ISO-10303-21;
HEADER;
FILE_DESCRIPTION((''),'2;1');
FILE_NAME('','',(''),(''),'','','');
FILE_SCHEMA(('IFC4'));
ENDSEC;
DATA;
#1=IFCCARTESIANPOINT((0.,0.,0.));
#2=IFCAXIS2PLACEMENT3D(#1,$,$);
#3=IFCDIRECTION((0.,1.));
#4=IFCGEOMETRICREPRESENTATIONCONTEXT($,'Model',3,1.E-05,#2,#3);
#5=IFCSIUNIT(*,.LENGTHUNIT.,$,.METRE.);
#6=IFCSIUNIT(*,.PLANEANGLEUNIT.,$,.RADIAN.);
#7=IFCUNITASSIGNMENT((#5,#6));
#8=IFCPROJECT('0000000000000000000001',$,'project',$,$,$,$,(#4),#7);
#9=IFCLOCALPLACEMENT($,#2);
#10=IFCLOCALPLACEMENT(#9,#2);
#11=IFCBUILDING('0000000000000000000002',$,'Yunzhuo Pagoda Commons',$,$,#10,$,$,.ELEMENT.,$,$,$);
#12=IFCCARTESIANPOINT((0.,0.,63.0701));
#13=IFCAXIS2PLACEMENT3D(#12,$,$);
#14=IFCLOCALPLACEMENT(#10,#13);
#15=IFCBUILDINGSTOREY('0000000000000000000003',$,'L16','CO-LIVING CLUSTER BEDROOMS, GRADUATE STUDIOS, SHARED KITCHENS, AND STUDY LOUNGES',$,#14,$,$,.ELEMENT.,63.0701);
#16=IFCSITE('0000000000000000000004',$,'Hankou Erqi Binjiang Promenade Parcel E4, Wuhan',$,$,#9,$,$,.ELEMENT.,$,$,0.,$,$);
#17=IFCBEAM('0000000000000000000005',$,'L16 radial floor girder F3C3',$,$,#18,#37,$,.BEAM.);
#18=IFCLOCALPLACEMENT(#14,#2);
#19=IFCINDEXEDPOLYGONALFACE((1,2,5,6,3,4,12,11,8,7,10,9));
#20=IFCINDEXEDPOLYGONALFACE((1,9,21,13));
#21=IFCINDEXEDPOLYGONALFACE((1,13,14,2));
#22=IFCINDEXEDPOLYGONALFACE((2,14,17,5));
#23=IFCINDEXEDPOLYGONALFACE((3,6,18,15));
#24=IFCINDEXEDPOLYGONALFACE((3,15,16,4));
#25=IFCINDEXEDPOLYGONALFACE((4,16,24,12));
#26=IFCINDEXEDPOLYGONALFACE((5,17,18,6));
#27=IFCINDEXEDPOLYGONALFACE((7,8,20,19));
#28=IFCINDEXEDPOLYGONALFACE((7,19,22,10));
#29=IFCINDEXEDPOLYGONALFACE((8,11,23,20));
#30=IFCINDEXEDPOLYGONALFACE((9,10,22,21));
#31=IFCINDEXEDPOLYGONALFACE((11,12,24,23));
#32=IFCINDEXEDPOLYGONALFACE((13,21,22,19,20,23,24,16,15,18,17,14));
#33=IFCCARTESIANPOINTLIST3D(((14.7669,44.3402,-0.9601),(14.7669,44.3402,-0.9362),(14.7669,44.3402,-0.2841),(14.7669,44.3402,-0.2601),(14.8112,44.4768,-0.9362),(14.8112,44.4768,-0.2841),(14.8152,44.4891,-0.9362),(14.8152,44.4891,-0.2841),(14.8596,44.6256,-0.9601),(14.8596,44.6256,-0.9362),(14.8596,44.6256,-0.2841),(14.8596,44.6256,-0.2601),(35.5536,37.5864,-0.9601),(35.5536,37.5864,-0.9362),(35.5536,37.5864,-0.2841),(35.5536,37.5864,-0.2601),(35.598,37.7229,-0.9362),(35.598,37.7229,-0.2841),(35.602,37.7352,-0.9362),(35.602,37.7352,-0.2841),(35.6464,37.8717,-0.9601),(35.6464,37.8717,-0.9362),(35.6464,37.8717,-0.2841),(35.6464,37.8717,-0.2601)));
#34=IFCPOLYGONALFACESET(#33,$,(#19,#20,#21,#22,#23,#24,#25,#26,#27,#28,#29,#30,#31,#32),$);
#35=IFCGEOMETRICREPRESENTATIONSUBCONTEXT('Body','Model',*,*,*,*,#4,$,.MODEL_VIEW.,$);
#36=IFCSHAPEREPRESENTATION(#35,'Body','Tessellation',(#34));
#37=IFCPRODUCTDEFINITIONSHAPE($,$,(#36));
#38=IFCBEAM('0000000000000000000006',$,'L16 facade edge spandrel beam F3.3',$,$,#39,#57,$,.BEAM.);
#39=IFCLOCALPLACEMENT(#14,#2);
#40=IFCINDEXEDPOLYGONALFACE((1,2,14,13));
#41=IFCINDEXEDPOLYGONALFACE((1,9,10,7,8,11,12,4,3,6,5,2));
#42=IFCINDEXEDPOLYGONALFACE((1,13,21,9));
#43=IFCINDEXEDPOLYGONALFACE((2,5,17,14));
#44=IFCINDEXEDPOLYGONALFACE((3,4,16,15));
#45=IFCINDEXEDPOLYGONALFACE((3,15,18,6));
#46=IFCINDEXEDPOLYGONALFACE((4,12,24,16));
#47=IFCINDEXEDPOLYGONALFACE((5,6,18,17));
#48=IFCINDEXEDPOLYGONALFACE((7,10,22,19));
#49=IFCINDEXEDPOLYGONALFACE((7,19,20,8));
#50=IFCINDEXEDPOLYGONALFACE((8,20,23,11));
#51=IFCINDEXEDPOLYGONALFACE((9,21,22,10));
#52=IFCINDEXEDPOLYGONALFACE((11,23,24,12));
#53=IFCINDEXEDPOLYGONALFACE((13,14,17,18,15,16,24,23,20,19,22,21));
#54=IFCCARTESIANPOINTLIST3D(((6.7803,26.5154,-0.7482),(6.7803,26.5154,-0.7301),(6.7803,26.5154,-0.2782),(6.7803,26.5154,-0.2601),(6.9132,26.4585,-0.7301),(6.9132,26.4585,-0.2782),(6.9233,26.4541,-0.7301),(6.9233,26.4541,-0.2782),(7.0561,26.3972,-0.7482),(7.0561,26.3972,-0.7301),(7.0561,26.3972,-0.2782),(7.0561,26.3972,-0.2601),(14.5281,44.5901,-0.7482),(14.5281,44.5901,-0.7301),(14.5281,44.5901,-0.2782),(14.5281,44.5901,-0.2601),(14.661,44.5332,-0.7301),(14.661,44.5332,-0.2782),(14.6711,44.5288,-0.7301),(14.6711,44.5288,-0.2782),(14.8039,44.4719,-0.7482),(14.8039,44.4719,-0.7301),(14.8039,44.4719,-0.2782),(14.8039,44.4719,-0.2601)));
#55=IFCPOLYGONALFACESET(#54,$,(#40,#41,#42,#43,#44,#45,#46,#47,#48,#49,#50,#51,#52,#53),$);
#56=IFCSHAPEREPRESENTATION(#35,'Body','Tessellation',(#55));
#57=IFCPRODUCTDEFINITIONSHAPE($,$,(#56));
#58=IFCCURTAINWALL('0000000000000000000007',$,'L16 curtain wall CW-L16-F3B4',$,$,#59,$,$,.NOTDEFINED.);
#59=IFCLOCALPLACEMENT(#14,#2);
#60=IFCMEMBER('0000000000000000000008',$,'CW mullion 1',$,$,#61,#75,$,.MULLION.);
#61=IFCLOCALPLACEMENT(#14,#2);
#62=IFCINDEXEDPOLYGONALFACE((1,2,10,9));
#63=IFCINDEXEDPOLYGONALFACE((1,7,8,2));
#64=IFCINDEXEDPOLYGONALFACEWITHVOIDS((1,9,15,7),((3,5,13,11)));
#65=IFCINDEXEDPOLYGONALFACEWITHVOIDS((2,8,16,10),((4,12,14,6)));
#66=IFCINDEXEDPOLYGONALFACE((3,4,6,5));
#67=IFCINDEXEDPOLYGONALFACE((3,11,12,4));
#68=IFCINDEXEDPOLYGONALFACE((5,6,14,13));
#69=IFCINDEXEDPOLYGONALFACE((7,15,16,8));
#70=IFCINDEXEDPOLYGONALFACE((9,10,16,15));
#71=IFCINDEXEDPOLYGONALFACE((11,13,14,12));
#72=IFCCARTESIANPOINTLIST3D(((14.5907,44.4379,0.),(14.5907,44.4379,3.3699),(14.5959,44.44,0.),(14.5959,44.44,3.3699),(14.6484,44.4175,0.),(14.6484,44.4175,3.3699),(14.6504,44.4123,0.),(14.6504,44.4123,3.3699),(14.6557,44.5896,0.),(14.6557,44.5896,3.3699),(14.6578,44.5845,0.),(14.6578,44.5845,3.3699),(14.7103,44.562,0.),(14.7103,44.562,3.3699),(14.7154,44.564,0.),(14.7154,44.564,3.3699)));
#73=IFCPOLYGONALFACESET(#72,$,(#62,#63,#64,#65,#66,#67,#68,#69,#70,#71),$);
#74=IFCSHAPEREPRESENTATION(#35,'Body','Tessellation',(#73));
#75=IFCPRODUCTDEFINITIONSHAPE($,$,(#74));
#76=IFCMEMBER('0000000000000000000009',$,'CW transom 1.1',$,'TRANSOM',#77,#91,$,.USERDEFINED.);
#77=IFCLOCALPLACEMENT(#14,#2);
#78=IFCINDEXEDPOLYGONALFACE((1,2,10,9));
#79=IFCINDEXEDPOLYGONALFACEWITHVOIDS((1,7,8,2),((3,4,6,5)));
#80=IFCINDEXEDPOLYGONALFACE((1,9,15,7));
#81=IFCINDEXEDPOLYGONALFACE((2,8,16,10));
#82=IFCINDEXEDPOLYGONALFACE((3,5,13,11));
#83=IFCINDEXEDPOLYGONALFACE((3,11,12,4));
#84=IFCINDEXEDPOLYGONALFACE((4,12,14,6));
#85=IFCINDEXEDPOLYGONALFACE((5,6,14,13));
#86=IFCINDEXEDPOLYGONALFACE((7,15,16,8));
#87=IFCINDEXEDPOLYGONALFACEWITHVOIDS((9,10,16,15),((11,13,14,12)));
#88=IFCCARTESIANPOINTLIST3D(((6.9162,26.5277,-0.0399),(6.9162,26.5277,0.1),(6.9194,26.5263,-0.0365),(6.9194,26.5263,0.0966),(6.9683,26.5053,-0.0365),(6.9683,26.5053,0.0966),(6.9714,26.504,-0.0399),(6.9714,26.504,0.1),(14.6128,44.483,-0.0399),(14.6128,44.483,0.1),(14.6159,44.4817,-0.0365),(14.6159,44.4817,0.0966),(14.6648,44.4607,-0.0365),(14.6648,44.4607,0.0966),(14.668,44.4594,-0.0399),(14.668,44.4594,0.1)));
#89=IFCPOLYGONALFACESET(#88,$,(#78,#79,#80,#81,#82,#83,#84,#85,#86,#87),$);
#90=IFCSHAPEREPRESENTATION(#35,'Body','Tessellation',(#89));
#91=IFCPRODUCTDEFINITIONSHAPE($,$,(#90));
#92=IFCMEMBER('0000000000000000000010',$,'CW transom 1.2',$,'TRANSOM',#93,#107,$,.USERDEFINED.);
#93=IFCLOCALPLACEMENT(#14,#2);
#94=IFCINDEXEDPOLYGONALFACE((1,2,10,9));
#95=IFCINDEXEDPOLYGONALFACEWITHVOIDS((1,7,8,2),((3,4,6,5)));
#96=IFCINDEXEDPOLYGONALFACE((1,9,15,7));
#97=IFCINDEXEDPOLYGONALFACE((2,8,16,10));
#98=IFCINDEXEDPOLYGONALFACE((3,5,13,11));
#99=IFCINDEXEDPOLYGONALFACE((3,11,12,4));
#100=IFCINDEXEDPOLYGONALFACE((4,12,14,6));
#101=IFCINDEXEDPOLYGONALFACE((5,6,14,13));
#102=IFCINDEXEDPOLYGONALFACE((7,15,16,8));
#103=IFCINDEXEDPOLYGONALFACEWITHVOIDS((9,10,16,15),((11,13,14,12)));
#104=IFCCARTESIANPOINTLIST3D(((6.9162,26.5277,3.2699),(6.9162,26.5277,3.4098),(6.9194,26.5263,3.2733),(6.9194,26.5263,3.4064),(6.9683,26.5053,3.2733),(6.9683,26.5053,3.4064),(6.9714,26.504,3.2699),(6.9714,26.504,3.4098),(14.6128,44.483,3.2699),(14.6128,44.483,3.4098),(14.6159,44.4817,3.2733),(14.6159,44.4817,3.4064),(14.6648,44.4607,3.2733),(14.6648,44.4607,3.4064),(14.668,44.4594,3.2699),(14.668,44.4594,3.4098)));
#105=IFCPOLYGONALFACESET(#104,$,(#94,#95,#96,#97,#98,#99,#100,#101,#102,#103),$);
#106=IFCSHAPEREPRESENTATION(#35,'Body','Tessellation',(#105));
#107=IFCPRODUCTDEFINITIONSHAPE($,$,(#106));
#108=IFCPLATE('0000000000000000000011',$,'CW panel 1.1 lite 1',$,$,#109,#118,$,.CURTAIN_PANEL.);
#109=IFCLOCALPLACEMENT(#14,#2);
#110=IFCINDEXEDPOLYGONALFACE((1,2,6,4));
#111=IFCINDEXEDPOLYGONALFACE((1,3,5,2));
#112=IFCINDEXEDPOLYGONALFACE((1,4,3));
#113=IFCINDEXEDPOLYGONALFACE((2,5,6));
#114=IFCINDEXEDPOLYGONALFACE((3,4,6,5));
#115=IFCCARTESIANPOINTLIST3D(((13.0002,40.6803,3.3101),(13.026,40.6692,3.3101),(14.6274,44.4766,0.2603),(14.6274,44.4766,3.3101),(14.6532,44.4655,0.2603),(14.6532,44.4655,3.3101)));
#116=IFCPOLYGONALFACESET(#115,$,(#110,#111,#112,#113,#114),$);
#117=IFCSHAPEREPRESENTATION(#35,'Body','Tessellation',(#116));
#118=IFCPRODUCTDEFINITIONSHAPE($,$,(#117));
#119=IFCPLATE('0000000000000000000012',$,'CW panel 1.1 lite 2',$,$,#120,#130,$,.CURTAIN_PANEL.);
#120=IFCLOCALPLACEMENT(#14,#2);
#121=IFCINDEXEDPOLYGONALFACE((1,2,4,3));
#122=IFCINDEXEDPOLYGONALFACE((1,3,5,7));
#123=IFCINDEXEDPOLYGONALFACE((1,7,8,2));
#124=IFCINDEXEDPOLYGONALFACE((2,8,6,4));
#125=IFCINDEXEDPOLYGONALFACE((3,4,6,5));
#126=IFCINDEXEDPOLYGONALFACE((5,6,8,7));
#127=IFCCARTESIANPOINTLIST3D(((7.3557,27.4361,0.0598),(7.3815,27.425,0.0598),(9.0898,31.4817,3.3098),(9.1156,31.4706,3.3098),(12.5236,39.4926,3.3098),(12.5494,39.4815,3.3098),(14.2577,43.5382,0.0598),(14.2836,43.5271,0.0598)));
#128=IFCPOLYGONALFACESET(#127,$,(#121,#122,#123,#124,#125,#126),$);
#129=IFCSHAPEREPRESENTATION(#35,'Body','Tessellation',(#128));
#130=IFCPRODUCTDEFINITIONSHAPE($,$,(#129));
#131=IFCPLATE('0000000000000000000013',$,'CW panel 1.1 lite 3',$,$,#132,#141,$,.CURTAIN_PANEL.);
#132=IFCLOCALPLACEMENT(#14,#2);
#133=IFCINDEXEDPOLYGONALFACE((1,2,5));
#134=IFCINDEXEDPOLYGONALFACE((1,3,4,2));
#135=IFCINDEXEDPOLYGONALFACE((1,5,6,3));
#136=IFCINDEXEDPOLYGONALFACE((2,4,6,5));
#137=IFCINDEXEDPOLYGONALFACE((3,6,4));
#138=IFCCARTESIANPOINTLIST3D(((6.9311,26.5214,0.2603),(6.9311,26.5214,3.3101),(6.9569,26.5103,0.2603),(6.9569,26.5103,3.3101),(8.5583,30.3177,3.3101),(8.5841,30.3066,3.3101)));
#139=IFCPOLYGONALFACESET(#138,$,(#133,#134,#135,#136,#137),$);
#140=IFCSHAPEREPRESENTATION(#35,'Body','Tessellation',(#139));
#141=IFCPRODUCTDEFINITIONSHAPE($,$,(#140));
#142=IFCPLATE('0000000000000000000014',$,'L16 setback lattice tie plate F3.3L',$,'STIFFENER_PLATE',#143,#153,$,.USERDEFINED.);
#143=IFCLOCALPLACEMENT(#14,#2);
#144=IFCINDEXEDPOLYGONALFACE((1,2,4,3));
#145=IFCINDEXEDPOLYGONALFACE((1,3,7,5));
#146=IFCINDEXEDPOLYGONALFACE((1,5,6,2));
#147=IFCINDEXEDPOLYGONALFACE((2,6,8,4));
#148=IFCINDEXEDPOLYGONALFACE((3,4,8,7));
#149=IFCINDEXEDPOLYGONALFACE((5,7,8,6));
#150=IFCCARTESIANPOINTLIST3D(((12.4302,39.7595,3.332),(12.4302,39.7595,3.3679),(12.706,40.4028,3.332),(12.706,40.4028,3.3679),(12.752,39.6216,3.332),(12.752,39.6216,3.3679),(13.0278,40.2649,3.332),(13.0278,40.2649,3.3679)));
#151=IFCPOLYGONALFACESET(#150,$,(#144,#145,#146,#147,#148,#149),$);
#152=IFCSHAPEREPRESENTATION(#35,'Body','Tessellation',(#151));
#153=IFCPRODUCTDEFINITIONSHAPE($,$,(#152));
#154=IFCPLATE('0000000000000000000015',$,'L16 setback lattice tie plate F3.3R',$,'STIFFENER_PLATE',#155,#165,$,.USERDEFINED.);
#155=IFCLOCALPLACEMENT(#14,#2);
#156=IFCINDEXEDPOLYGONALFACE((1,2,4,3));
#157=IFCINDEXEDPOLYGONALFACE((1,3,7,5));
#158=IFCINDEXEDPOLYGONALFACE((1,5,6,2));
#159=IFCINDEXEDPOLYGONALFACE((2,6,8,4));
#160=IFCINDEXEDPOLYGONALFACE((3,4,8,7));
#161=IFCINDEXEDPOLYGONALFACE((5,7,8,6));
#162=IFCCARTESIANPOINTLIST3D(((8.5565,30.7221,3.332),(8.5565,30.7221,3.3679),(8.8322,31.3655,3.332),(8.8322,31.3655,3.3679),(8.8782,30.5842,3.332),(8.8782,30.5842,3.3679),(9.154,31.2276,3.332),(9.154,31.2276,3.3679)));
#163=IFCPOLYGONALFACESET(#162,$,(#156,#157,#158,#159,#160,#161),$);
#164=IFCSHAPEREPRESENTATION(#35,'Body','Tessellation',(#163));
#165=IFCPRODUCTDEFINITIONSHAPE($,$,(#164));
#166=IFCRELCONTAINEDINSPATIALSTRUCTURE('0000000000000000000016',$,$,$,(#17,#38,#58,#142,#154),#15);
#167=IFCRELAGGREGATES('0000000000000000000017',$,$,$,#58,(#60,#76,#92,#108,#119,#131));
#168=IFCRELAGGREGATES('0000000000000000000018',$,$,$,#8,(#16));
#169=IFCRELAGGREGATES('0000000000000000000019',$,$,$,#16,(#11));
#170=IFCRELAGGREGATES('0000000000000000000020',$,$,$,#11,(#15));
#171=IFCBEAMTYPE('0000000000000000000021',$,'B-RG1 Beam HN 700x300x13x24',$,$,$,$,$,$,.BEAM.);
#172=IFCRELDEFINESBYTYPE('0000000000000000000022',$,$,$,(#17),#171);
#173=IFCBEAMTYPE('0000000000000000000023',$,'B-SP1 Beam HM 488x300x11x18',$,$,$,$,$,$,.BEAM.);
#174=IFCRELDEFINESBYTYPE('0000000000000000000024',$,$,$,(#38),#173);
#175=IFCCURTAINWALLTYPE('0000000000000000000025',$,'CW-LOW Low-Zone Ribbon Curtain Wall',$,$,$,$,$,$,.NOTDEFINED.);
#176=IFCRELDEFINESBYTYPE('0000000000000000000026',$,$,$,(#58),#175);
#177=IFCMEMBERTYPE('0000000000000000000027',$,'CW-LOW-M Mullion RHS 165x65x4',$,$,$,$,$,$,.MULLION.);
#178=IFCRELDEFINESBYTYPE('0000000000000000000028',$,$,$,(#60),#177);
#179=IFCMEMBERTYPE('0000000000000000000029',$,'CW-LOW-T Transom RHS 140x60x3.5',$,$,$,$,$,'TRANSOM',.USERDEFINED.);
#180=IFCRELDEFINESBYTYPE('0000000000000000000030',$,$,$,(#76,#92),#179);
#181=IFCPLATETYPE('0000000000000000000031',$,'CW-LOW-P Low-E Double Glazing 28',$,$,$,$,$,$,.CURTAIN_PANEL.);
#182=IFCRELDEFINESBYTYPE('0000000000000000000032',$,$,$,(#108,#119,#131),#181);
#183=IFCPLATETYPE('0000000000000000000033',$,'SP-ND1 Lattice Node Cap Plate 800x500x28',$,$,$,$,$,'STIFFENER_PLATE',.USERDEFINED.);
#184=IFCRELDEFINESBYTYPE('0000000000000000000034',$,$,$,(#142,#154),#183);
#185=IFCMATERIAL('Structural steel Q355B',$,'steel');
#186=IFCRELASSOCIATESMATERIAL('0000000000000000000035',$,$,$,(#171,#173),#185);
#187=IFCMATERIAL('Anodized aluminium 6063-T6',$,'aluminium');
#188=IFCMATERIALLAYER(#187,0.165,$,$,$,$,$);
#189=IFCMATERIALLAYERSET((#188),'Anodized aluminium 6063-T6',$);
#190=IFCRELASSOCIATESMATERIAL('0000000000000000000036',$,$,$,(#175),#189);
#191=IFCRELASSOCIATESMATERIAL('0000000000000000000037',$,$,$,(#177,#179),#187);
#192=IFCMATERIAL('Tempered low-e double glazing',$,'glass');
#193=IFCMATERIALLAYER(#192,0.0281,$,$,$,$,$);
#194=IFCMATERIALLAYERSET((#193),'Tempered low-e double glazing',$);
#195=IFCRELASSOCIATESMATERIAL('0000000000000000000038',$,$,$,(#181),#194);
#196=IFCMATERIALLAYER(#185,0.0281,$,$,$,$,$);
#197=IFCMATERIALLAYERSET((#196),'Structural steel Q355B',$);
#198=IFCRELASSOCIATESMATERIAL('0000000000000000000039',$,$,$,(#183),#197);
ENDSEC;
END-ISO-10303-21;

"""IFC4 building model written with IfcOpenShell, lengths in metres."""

from ifc_helpers import new_model, si_unit, direction, frame, origin, origin_2d, place, context, subcontext, project, spatial, polyline, rectangle, hollow_rectangle, i_section, outline, extrude, source, transform, mapped, material, layer, layer_set, material_profile, profile_set, type_object, element, aggregate, save


model = new_model("IFC4")

# Units and contexts
model_context = context("Model", 3, precision=1e-05, world=origin(), true_north=direction((0.0, 1.0)))
body_context = subcontext(model_context, "Body", "Model", "MODEL_VIEW")
ifc_project = project(units=[si_unit("LENGTHUNIT", "METRE"), si_unit("PLANEANGLEUNIT", "RADIAN")], contexts=[model_context])

# Site, building, storey
site_placement = place(None, origin())
site = spatial("IfcSite", under=ifc_project, at=site_placement, Name="Hankou Erqi Binjiang Promenade Parcel E4, Wuhan", CompositionType="ELEMENT", RefElevation=0.0)
building_placement = place(site_placement, origin())
building = spatial("IfcBuilding", under=site, at=building_placement, Name="Yunzhuo Pagoda Commons", CompositionType="ELEMENT")
storey_placement = place(building_placement, frame((0.0, 0.0, 63.0701)))
storey = spatial("IfcBuildingStorey", under=building, at=storey_placement, Name="L16", Description="CO-LIVING CLUSTER BEDROOMS, GRADUATE STUDIOS, SHARED KITCHENS, AND STUDY LOUNGES", CompositionType="ELEMENT", Elevation=63.0701)

# Beams
ifc_material_1 = material(Name="Structural steel Q355B", Category="steel")
ifc_material_profile_1 = material_profile(ifc_material_1, i_section(OverallWidth=0.3, OverallDepth=0.7, WebThickness=0.0129, FlangeThickness=0.0239, at=origin_2d()), Name="Structural steel Q355B")
ifc_profile_set_1 = profile_set([ifc_material_profile_1], Name="Structural steel Q355B")
beam_type_1 = type_object("IfcBeamType", Name="B-RG1 Beam HN 700x300x13x24", PredefinedType="BEAM", material=ifc_profile_set_1)
shared_shape_1 = source(origin(), body_context, "Body", "SweptSolid", [
    extrude(i_section(OverallWidth=0.3, OverallDepth=0.7, WebThickness=0.0129, FlangeThickness=0.0239, at=origin_2d()), origin(), (0.0, 0.0, 1.0), 21.8564),
])
beam_1_placement = place(storey_placement, frame((14.8132, 44.4829, -0.6101), z_axis=(0.951059, -0.309011, 0.0), x_axis=(0.309011, 0.951059, 0.0)))
element("IfcBeam", 1, at=beam_1_placement, inside=storey, type_object=beam_type_1, Name="L16 radial floor girder F3C3", PredefinedType="BEAM", context=body_context, shape_type="MappedRepresentation", body=[
    mapped(shared_shape_1, transform((0.0, 0.0, 0.0), scale=1.0)),
])
ifc_material_profile_2 = material_profile(ifc_material_1, i_section(OverallWidth=0.3, OverallDepth=0.488, WebThickness=0.011, FlangeThickness=0.0181, at=origin_2d()), Name="Structural steel Q355B")
ifc_profile_set_2 = profile_set([ifc_material_profile_2], Name="Structural steel Q355B")
beam_type_2 = type_object("IfcBeamType", Name="B-SP1 Beam HM 488x300x11x18", PredefinedType="BEAM", material=ifc_profile_set_2)
shared_shape_2 = source(origin(), body_context, "Body", "SweptSolid", [
    extrude(i_section(OverallWidth=0.3, OverallDepth=0.488, WebThickness=0.011, FlangeThickness=0.0181, at=origin_2d()), origin(), (0.0, 0.0, 1.0), 19.6653),
])
beam_2_placement = place(storey_placement, frame((14.666, 44.531, -0.5042), z_axis=(-0.393984, -0.919117, 0.0), x_axis=(0.919117, -0.393984, 0.0)))
element("IfcBeam", 2, at=beam_2_placement, inside=storey, type_object=beam_type_2, Name="L16 facade edge spandrel beam F3.3", PredefinedType="BEAM", context=body_context, shape_type="MappedRepresentation", body=[
    mapped(shared_shape_2, transform((0.0, 0.0, 0.0), scale=1.0)),
])

# Curtain wall, members, plates
ifc_material_2 = material(Name="Anodized aluminium 6063-T6", Category="aluminium")
ifc_layer_1 = layer(ifc_material_2, 0.165)
ifc_layer_set_1 = layer_set([ifc_layer_1], Name="Anodized aluminium 6063-T6")
curtain_wall_type = type_object("IfcCurtainWallType", Name="CW-LOW Low-Zone Ribbon Curtain Wall", PredefinedType="NOTDEFINED", material=ifc_layer_set_1)
curtain_wall_placement = place(storey_placement, origin())
curtain_wall = element("IfcCurtainWall", 3, at=curtain_wall_placement, inside=storey, type_object=curtain_wall_type, Name="L16 curtain wall CW-L16-F3B4", PredefinedType="NOTDEFINED")
ifc_material_profile_3 = material_profile(ifc_material_2, hollow_rectangle(XDim=0.0649, YDim=0.165, WallThickness=0.0039, at=origin_2d()), Name="Anodized aluminium 6063-T6")
ifc_profile_set_3 = profile_set([ifc_material_profile_3], Name="Anodized aluminium 6063-T6")
member_type_1 = type_object("IfcMemberType", Name="CW-LOW-M Mullion RHS 165x65x4", PredefinedType="MULLION", material=ifc_profile_set_3)
shared_shape_3 = source(origin(), body_context, "Body", "SweptSolid", [
    extrude(hollow_rectangle(XDim=0.0649, YDim=0.165, WallThickness=0.0039, at=origin_2d()), origin(), (0.0, 0.0, 1.0), 3.3699),
])
member_1_placement = place(storey_placement, frame((14.6531, 44.501, 0.0), z_axis=(0.0, 0.0, 1.0), x_axis=(0.919121, -0.393975, 0.0)))
member_1 = element("IfcMember", 4, at=member_1_placement, type_object=member_type_1, Name="CW mullion 1", PredefinedType="MULLION", context=body_context, shape_type="MappedRepresentation", body=[
    mapped(shared_shape_3, transform((0.0, 0.0, 0.0), scale=1.0)),
])
ifc_material_profile_4 = material_profile(ifc_material_2, hollow_rectangle(XDim=0.0601, YDim=0.1399, WallThickness=0.0034, at=origin_2d()), Name="Anodized aluminium 6063-T6")
ifc_profile_set_4 = profile_set([ifc_material_profile_4], Name="Anodized aluminium 6063-T6")
member_type_2 = type_object("IfcMemberType", Name="CW-LOW-T Transom RHS 140x60x3.5", ElementType="TRANSOM", PredefinedType="USERDEFINED", material=ifc_profile_set_4)
shared_shape_4 = source(origin(), body_context, "Body", "SweptSolid", [
    extrude(hollow_rectangle(XDim=0.0601, YDim=0.1399, WallThickness=0.0034, at=origin_2d()), origin(), (0.0, 0.0, 1.0), 19.5354),
])
member_2_placement = place(storey_placement, frame((14.6404, 44.4712, 0.03), z_axis=(-0.39398, -0.919119, 0.0), x_axis=(0.919119, -0.39398, 0.0)))
member_2 = element("IfcMember", 5, at=member_2_placement, type_object=member_type_2, Name="CW transom 1.1", ObjectType="TRANSOM", PredefinedType="USERDEFINED", context=body_context, shape_type="MappedRepresentation", body=[
    mapped(shared_shape_4, transform((0.0, 0.0, 0.0), scale=1.0)),
])
member_3_placement = place(storey_placement, frame((14.6404, 44.4712, 3.3398), z_axis=(-0.39398, -0.919119, 0.0), x_axis=(0.919119, -0.39398, 0.0)))
member_3 = element("IfcMember", 6, at=member_3_placement, type_object=member_type_2, Name="CW transom 1.2", ObjectType="TRANSOM", PredefinedType="USERDEFINED", context=body_context, shape_type="MappedRepresentation", body=[
    mapped(shared_shape_4, transform((0.0, 0.0, 0.0), scale=1.0)),
])
ifc_material_3 = material(Name="Tempered low-e double glazing", Category="glass")
ifc_layer_2 = layer(ifc_material_3, 0.0281)
ifc_layer_set_2 = layer_set([ifc_layer_2], Name="Tempered low-e double glazing")
plate_type_1 = type_object("IfcPlateType", Name="CW-LOW-P Low-E Double Glazing 28", PredefinedType="CURTAIN_PANEL", material=ifc_layer_set_2)
plate_1_placement = place(storey_placement, frame((13.8396, 42.5674, 1.7852), z_axis=(-0.919121, 0.393975, 0.0), x_axis=(-0.393975, -0.919121, 0.0)))
plate_1 = element("IfcPlate", 7, at=plate_1_placement, type_object=plate_type_1, Name="CW panel 1.1 lite 1", PredefinedType="CURTAIN_PANEL", context=body_context, shape_type="SweptSolid", body=[
    extrude(outline(polyline([(-2.0652, -1.5249), (2.0652, 1.5249), (-2.0652, 1.5249), (-2.0652, -1.5249)])), origin(), (0.0, 0.0, 1.0), 0.0281),
])
plate_2_placement = place(storey_placement, frame((10.8325, 35.4761, 1.6848), z_axis=(-0.919121, 0.393975, 0.0), x_axis=(-0.393975, -0.919121, 0.0)))
plate_2 = element("IfcPlate", 8, at=plate_2_placement, type_object=plate_type_1, Name="CW panel 1.1 lite 2", PredefinedType="CURTAIN_PANEL", context=body_context, shape_type="SweptSolid", body=[
    extrude(outline(polyline([(-8.7595, -1.625), (8.7595, -1.625), (4.3579, 1.625), (-4.3579, 1.625), (-8.7595, -1.625)])), origin(), (0.0, 0.0, 1.0), 0.0281),
])
plate_3_placement = place(storey_placement, frame((7.7705, 28.4084, 1.7852), z_axis=(-0.919121, 0.393975, 0.0), x_axis=(-0.393975, -0.919121, 0.0)))
plate_3 = element("IfcPlate", 9, at=plate_3_placement, type_object=plate_type_1, Name="CW panel 1.1 lite 3", PredefinedType="CURTAIN_PANEL", context=body_context, shape_type="SweptSolid", body=[
    extrude(outline(polyline([(-2.0652, 1.5249), (2.0652, -1.5249), (2.0652, 1.5249), (-2.0652, 1.5249)])), origin(), (0.0, 0.0, 1.0), 0.0281),
])
aggregate(curtain_wall, [member_1, member_2, member_3, plate_1, plate_2, plate_3])

# Plates
ifc_layer_3 = layer(ifc_material_1, 0.0281)
ifc_layer_set_3 = layer_set([ifc_layer_3], Name="Structural steel Q355B")
plate_type_2 = type_object("IfcPlateType", Name="SP-ND1 Lattice Node Cap Plate 800x500x28", ElementType="STIFFENER_PLATE", PredefinedType="USERDEFINED", material=ifc_layer_set_3)
shared_shape_5 = source(origin(), body_context, "Body", "SweptSolid", [
    extrude(rectangle(XDim=0.7, YDim=0.3501, at=origin_2d()), origin(), (0.0, 0.0, 1.0), 0.0359),
])
for number, where, z_axis, x_axis, name in (
    (10, (12.729, 40.0122, 3.332), (0.0, 0.0, 1.0), (-0.393974, -0.919122, 0.0), "L16 setback lattice tie plate F3.3L"),
    (11, (8.8552, 30.9749, 3.332), (0.0, 0.0, 1.0), (-0.393974, -0.919122, 0.0), "L16 setback lattice tie plate F3.3R"),
):
    element("IfcPlate", number, at=place(storey_placement, frame(where, z_axis=z_axis, x_axis=x_axis)), inside=storey, type_object=plate_type_2, Name=name, ObjectType="STIFFENER_PLATE", PredefinedType="USERDEFINED", context=body_context, shape_type="MappedRepresentation", body=[
        mapped(shared_shape_5, transform((0.0, 0.0, 0.0), scale=1.0)),
    ])

save(model, "model.ifc")
